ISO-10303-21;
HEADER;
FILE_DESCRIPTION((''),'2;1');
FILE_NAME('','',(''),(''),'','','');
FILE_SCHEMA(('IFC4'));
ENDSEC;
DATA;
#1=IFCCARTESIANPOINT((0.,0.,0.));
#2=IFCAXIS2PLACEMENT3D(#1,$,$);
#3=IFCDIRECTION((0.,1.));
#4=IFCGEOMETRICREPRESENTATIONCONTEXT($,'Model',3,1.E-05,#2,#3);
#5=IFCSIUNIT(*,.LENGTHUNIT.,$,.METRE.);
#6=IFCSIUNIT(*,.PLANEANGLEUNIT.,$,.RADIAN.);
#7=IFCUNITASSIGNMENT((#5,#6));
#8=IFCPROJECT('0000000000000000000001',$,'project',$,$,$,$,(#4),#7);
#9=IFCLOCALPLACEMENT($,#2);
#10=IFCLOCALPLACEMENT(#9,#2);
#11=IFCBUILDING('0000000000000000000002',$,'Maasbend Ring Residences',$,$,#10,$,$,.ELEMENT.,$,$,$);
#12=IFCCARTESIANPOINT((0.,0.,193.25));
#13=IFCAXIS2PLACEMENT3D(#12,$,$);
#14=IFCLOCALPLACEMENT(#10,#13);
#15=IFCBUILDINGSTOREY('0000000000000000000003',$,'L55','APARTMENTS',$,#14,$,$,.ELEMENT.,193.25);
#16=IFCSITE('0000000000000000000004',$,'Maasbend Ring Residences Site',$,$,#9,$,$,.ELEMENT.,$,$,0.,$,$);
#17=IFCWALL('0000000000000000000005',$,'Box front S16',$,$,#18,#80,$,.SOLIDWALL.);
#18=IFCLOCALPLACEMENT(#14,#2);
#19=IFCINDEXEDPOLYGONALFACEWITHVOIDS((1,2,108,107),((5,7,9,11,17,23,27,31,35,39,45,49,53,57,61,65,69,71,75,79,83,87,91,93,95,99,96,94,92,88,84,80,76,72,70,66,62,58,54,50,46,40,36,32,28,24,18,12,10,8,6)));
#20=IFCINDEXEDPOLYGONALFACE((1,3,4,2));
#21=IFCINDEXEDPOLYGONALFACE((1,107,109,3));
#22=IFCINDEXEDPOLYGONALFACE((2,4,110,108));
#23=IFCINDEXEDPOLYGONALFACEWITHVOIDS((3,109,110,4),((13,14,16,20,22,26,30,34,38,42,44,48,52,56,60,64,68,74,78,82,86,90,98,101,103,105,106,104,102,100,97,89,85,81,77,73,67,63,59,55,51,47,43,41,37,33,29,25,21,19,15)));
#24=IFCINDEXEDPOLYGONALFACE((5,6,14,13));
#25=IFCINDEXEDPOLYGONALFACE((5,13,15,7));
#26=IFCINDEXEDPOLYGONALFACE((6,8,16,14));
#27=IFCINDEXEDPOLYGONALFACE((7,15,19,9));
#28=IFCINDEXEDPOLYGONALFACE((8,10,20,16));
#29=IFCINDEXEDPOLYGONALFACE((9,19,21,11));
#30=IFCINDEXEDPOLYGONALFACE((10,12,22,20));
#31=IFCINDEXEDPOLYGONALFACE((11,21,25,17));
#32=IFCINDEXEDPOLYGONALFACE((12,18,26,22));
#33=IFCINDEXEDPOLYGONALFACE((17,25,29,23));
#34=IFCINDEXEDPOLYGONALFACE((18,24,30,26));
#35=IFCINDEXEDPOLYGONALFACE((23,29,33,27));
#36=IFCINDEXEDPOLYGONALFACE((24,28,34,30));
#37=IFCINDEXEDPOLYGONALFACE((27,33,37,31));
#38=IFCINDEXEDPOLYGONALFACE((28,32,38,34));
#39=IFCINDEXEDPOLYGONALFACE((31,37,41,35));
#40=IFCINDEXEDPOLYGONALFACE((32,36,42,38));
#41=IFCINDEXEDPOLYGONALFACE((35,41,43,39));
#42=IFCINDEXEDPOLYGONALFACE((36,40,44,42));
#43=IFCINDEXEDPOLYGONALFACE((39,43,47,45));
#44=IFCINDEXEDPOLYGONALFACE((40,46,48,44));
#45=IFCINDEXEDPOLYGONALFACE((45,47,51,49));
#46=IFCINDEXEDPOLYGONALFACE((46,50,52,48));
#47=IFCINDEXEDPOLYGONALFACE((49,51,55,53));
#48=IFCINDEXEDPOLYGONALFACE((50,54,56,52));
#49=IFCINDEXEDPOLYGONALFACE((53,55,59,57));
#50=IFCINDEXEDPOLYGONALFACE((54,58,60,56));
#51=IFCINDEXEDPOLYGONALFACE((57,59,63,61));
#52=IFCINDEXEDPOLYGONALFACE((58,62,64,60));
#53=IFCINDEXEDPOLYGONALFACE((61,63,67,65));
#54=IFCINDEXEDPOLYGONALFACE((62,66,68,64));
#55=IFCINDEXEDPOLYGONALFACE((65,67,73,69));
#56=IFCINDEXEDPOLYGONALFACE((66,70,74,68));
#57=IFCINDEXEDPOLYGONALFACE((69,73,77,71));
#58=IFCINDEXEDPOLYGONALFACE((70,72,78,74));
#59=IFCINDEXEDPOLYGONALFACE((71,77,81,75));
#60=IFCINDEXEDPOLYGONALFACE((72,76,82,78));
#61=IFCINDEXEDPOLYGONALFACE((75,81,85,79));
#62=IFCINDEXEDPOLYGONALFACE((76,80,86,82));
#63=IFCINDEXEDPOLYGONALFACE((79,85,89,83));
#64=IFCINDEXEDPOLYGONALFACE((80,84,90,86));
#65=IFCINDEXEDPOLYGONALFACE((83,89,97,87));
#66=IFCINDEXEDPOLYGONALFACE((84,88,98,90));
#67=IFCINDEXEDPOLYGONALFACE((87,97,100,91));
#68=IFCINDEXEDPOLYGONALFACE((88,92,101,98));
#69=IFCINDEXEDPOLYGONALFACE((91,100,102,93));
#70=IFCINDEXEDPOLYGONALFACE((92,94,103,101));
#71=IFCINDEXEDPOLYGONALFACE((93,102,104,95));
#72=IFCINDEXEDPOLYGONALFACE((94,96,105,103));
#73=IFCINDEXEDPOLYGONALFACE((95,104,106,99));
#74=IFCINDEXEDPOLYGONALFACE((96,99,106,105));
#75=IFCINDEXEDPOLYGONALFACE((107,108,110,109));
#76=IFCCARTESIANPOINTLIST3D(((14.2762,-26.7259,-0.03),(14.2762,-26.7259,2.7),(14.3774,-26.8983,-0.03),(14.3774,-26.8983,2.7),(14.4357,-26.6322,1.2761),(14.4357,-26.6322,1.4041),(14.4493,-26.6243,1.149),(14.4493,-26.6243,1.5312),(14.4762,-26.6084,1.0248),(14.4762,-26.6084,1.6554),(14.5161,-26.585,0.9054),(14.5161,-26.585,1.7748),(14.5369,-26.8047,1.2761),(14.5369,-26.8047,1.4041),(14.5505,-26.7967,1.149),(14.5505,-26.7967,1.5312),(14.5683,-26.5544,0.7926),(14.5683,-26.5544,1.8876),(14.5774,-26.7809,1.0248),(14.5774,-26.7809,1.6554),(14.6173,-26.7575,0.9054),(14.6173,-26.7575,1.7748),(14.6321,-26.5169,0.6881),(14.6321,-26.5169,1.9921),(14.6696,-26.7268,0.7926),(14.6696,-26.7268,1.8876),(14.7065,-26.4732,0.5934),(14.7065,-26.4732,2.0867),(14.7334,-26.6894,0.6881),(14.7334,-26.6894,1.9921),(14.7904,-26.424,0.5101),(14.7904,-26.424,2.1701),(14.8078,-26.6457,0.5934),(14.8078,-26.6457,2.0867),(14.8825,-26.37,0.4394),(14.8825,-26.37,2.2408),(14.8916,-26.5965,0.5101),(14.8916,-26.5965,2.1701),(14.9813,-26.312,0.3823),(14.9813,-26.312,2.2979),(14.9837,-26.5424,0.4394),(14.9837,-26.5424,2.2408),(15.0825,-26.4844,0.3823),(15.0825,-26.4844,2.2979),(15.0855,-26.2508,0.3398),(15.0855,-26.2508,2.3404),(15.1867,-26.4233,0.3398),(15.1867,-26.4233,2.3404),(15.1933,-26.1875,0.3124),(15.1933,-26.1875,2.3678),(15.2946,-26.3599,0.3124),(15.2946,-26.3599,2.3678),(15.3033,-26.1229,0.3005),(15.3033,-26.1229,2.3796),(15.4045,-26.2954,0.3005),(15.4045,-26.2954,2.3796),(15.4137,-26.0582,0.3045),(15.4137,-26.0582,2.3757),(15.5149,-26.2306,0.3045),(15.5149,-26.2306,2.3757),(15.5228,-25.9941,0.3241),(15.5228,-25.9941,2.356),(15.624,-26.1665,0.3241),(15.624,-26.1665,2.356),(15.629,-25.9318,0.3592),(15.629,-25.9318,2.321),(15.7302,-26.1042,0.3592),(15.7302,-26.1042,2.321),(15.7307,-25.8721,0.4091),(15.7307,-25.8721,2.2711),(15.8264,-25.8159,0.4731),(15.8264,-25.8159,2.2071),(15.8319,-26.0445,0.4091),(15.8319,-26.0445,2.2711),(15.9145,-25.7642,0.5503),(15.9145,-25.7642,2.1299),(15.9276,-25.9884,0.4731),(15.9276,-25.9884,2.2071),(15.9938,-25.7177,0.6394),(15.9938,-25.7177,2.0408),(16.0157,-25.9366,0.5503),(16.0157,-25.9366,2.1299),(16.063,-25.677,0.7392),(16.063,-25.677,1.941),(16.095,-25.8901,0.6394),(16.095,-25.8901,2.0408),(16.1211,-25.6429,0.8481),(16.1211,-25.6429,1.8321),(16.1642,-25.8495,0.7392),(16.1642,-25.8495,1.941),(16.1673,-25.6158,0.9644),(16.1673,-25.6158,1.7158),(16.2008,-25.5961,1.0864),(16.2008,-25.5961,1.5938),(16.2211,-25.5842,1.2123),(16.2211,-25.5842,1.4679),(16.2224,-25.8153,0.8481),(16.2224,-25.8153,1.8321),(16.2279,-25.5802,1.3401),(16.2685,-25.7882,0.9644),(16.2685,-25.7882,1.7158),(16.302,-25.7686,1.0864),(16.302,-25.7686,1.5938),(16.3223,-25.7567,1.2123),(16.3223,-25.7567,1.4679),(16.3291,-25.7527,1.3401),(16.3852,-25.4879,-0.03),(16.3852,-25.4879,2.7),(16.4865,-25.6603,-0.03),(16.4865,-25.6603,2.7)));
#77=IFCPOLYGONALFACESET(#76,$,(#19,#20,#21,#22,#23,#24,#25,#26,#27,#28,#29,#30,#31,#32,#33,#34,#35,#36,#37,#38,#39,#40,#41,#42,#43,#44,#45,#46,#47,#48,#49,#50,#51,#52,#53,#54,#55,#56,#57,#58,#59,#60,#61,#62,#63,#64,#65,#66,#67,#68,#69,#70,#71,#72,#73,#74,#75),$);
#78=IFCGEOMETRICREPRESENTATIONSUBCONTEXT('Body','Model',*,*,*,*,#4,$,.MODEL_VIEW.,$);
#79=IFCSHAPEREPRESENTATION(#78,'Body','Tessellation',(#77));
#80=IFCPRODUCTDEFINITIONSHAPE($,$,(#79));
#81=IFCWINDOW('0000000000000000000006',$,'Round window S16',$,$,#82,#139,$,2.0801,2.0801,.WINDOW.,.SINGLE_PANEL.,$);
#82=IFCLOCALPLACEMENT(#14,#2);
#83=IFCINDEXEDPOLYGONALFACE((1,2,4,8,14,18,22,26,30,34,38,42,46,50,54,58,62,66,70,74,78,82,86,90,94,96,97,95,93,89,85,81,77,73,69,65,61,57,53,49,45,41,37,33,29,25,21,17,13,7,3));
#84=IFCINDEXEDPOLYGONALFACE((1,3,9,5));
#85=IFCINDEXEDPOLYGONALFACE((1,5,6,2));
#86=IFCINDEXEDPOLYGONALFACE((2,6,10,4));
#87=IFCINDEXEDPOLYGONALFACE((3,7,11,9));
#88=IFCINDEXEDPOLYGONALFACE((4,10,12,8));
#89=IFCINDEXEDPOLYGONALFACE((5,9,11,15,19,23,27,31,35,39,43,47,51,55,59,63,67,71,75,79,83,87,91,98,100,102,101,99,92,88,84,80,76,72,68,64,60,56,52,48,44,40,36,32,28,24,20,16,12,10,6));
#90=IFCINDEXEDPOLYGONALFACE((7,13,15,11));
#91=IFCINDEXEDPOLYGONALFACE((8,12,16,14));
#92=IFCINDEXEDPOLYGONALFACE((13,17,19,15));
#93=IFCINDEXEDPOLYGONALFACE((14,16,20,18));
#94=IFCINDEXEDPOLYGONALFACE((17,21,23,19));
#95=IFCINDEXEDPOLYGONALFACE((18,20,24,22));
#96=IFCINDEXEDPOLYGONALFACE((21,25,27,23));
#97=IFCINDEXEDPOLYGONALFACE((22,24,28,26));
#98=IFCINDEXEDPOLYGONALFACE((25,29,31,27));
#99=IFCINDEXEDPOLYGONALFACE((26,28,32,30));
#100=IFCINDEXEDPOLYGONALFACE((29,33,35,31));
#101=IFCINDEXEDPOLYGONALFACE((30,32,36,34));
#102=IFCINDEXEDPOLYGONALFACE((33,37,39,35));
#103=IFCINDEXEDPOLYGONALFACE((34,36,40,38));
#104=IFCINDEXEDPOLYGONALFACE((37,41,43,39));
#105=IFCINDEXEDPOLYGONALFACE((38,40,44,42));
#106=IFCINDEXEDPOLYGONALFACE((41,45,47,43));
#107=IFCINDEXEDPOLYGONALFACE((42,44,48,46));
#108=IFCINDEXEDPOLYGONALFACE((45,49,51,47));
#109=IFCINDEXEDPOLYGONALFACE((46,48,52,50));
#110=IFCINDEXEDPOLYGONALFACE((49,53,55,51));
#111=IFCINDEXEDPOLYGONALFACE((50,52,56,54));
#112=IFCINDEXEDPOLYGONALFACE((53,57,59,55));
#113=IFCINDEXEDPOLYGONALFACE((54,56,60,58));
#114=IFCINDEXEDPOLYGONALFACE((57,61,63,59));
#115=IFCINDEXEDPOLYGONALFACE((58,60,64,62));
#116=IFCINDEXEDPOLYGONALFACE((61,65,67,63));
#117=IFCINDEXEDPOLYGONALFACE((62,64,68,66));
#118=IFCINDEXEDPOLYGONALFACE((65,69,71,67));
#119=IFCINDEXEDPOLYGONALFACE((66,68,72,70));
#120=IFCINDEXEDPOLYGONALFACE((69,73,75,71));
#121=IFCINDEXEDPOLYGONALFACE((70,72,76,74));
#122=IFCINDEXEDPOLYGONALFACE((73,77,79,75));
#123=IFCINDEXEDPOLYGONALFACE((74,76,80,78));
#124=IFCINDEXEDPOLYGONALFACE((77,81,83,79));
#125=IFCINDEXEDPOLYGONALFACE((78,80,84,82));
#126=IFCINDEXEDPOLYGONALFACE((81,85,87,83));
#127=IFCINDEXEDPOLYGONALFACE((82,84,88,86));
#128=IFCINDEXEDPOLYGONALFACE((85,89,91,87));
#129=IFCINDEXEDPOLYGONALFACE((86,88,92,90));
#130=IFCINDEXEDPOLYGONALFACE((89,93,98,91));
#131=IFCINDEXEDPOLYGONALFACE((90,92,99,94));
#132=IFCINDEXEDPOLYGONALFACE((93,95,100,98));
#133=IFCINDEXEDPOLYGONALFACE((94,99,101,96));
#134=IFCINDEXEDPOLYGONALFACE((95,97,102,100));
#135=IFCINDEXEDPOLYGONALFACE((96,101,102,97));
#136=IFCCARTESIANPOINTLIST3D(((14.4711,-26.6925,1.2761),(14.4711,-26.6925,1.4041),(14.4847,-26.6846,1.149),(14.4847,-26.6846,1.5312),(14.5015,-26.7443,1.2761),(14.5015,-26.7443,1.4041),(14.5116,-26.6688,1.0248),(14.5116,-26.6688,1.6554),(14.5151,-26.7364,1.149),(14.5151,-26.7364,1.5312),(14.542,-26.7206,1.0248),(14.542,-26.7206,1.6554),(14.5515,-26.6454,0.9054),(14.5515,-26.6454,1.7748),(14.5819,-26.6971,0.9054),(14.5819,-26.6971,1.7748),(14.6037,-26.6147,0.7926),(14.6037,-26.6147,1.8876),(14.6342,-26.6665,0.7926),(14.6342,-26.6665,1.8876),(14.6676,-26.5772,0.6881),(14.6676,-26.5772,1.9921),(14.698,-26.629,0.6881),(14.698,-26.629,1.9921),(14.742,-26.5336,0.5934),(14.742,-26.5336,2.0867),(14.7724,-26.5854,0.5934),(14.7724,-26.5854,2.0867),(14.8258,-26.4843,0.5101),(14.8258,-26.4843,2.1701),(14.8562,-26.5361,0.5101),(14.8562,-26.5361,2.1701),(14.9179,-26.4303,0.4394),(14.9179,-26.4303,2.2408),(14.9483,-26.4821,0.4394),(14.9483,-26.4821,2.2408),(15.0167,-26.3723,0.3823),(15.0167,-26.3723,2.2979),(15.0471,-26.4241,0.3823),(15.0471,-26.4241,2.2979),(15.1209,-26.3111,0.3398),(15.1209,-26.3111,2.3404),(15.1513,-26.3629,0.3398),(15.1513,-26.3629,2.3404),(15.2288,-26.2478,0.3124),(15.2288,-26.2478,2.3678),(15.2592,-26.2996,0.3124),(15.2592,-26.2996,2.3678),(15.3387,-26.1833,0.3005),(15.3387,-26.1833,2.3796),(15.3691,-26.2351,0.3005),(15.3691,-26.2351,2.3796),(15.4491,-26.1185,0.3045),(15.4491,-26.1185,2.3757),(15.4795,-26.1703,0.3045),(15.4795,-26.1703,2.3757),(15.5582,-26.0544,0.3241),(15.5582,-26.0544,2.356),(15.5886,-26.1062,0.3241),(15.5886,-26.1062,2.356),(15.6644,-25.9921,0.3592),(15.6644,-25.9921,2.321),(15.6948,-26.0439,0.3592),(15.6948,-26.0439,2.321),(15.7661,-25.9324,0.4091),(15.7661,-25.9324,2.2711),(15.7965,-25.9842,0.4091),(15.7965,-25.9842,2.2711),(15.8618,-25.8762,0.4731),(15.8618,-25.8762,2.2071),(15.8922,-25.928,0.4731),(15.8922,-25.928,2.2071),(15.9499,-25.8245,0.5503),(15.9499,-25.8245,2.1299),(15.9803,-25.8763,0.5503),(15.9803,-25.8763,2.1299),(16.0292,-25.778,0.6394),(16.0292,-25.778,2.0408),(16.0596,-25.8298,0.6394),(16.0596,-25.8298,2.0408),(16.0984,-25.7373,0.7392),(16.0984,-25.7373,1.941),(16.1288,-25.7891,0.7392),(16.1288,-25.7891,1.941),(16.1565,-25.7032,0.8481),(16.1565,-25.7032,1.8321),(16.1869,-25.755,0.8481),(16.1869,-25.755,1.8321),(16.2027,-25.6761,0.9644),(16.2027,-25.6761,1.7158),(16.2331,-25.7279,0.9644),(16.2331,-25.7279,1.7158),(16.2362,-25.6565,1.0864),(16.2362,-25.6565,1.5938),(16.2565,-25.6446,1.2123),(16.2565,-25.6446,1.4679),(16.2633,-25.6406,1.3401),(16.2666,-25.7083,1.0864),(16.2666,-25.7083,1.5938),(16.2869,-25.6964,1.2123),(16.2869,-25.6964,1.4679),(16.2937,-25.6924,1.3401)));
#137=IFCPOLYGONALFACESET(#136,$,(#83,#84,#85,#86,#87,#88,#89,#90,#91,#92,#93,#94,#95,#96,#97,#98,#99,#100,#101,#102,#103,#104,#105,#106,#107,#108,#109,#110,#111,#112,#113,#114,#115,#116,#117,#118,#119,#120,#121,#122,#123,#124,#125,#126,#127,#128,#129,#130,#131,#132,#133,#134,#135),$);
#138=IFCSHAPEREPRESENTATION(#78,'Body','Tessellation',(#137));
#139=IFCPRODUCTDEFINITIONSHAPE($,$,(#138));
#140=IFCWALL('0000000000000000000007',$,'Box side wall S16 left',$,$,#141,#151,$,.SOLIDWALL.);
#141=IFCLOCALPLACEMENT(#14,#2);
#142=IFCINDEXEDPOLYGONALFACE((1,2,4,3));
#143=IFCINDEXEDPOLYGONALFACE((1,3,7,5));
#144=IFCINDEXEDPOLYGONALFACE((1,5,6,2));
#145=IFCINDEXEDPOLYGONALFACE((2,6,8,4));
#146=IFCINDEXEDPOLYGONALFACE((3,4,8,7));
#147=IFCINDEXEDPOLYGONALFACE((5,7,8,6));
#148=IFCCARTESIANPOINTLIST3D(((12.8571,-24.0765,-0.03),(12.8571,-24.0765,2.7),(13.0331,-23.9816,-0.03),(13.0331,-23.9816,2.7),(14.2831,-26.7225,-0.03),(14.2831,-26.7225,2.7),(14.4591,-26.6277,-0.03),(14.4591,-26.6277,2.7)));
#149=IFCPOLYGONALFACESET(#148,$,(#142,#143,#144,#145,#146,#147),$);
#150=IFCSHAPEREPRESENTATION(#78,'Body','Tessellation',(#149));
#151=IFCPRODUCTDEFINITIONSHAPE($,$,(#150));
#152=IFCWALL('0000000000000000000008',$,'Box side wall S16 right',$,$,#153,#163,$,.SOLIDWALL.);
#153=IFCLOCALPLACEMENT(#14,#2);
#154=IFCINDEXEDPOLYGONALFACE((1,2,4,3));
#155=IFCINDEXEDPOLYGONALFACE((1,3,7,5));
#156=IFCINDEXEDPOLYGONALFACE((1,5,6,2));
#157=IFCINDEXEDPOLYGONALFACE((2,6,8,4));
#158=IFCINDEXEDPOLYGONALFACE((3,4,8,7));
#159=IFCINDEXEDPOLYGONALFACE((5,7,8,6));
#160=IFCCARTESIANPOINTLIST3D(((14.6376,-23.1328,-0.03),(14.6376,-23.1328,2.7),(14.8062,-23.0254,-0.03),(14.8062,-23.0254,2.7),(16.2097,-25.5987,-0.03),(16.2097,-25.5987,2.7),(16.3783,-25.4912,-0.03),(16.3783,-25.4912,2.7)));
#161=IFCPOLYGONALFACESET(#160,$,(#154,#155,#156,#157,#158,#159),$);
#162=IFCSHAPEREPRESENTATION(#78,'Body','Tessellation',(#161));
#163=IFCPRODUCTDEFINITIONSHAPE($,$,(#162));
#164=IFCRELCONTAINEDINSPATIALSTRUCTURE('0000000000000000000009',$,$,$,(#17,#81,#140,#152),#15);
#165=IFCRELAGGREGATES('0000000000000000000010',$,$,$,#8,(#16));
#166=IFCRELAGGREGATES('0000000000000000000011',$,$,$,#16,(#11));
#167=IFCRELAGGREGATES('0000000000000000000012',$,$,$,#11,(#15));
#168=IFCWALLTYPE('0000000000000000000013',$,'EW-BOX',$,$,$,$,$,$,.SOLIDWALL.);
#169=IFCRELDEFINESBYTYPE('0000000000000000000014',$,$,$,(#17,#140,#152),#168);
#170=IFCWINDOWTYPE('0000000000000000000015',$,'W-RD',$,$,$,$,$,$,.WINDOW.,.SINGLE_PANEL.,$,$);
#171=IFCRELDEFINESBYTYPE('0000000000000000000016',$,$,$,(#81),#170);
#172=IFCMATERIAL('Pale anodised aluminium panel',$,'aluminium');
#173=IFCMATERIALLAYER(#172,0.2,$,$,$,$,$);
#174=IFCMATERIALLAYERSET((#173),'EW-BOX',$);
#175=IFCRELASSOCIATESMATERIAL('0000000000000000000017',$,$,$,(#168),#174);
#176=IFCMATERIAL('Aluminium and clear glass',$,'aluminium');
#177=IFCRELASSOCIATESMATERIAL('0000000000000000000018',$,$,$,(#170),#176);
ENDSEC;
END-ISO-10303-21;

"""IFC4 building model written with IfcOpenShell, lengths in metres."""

from ifc_helpers import new_model, si_unit, direction, frame, frame_2d, origin, place, context, subcontext, project, spatial, rectangle, circle, extrude, material, layer, layer_set, type_object, element, fill, save


model = new_model("IFC4")

# Units and contexts
model_context = context("Model", 3, precision=1e-05, world=origin(), true_north=direction((0.0, 1.0)))
body_context = subcontext(model_context, "Body", "Model", "MODEL_VIEW")
ifc_project = project(units=[si_unit("LENGTHUNIT", "METRE"), si_unit("PLANEANGLEUNIT", "RADIAN")], contexts=[model_context])

# Site, building, storey
site_placement = place(None, origin())
site = spatial("IfcSite", under=ifc_project, at=site_placement, Name="Maasbend Ring Residences Site", CompositionType="ELEMENT", RefElevation=0.0)
building_placement = place(site_placement, origin())
building = spatial("IfcBuilding", under=site, at=building_placement, Name="Maasbend Ring Residences", CompositionType="ELEMENT")
storey_placement = place(building_placement, frame((0.0, 0.0, 193.25)))
storey = spatial("IfcBuildingStorey", under=building, at=storey_placement, Name="L55", Description="APARTMENTS", CompositionType="ELEMENT", Elevation=193.25)

# Wall, opening, window
ifc_material_1 = material(Name="Pale anodised aluminium panel", Category="aluminium")
ifc_layer_1 = layer(ifc_material_1, 0.2)
ifc_layer_set_1 = layer_set([ifc_layer_1], Name="EW-BOX")
wall_type_1 = type_object("IfcWallType", Name="EW-BOX", PredefinedType="SOLIDWALL", material=ifc_layer_set_1)
wall_1_placement = place(storey_placement, frame((14.3269, -26.812, -0.03), z_axis=(0.0, 0.0, 1.0), x_axis=(0.862403, 0.506222, 0.0)))
wall_1 = element("IfcWall", 1, at=wall_1_placement, inside=storey, type_object=wall_type_1, Name="Box front S16", PredefinedType="SOLIDWALL", context=body_context, shape_type="SweptSolid", body=[
    extrude(rectangle(XDim=2.4456, YDim=0.2, at=frame_2d((1.2227, 0.0))), origin(), (0.0, 0.0, 1.0), 2.73),
])
opening_1_placement = place(wall_1_placement, frame((0.1829, 0.0, 0.3301)))
opening_1 = element("IfcOpeningElement", 2, at=opening_1_placement, cuts=wall_1, PredefinedType="OPENING", context=body_context, shape_type="SweptSolid", body=[
    extrude(circle(Radius=1.04, at=frame_2d((1.04, 1.04))), frame((0.0, 0.1099, 0.0), z_axis=(0.0, -1.0, 0.0), x_axis=(1.0, 0.0, 0.0)), (0.0, 0.0, 1.0), 0.22),
])
ifc_material_2 = material(Name="Aluminium and clear glass", Category="aluminium")
window_type_1 = type_object("IfcWindowType", Name="W-RD", PartitioningType="SINGLE_PANEL", PredefinedType="WINDOW", material=ifc_material_2)
window_1_placement = place(opening_1_placement, origin())
window_1 = element("IfcWindow", 3, at=window_1_placement, inside=storey, type_object=window_type_1, Name="Round window S16", OverallHeight=2.0801, OverallWidth=2.0801, PartitioningType="SINGLE_PANEL", PredefinedType="WINDOW", context=body_context, shape_type="SweptSolid", body=[
    extrude(circle(Radius=1.04, at=frame_2d((1.04, 1.04))), frame((0.0, 0.03, 0.0), z_axis=(0.0, -1.0, 0.0), x_axis=(1.0, 0.0, 0.0)), (0.0, 0.0, 1.0), 0.0601),
])
fill(opening_1, window_1)

# Walls
wall_2_placement = place(storey_placement, frame((12.9451, -24.0291, -0.03), z_axis=(0.0, 0.0, 1.0), x_axis=(0.474424, -0.880296, 0.0)))
element("IfcWall", 4, at=wall_2_placement, inside=storey, type_object=wall_type_1, Name="Box side wall S16 left", PredefinedType="SOLIDWALL", context=body_context, shape_type="SweptSolid", body=[
    extrude(rectangle(XDim=3.0059, YDim=0.2, at=frame_2d((1.5029, 0.0))), origin(), (0.0, 0.0, 1.0), 2.73),
])
wall_3_placement = place(storey_placement, frame((14.7219, -23.0791, -0.03), z_axis=(0.0, 0.0, 1.0), x_axis=(0.537572, -0.843218, 0.0)))
element("IfcWall", 5, at=wall_3_placement, inside=storey, type_object=wall_type_1, Name="Box side wall S16 right", PredefinedType="SOLIDWALL", context=body_context, shape_type="SweptSolid", body=[
    extrude(rectangle(XDim=2.9243, YDim=0.2, at=frame_2d((1.4622, 0.0))), origin(), (0.0, 0.0, 1.0), 2.73),
])

save(model, "model.ifc")
